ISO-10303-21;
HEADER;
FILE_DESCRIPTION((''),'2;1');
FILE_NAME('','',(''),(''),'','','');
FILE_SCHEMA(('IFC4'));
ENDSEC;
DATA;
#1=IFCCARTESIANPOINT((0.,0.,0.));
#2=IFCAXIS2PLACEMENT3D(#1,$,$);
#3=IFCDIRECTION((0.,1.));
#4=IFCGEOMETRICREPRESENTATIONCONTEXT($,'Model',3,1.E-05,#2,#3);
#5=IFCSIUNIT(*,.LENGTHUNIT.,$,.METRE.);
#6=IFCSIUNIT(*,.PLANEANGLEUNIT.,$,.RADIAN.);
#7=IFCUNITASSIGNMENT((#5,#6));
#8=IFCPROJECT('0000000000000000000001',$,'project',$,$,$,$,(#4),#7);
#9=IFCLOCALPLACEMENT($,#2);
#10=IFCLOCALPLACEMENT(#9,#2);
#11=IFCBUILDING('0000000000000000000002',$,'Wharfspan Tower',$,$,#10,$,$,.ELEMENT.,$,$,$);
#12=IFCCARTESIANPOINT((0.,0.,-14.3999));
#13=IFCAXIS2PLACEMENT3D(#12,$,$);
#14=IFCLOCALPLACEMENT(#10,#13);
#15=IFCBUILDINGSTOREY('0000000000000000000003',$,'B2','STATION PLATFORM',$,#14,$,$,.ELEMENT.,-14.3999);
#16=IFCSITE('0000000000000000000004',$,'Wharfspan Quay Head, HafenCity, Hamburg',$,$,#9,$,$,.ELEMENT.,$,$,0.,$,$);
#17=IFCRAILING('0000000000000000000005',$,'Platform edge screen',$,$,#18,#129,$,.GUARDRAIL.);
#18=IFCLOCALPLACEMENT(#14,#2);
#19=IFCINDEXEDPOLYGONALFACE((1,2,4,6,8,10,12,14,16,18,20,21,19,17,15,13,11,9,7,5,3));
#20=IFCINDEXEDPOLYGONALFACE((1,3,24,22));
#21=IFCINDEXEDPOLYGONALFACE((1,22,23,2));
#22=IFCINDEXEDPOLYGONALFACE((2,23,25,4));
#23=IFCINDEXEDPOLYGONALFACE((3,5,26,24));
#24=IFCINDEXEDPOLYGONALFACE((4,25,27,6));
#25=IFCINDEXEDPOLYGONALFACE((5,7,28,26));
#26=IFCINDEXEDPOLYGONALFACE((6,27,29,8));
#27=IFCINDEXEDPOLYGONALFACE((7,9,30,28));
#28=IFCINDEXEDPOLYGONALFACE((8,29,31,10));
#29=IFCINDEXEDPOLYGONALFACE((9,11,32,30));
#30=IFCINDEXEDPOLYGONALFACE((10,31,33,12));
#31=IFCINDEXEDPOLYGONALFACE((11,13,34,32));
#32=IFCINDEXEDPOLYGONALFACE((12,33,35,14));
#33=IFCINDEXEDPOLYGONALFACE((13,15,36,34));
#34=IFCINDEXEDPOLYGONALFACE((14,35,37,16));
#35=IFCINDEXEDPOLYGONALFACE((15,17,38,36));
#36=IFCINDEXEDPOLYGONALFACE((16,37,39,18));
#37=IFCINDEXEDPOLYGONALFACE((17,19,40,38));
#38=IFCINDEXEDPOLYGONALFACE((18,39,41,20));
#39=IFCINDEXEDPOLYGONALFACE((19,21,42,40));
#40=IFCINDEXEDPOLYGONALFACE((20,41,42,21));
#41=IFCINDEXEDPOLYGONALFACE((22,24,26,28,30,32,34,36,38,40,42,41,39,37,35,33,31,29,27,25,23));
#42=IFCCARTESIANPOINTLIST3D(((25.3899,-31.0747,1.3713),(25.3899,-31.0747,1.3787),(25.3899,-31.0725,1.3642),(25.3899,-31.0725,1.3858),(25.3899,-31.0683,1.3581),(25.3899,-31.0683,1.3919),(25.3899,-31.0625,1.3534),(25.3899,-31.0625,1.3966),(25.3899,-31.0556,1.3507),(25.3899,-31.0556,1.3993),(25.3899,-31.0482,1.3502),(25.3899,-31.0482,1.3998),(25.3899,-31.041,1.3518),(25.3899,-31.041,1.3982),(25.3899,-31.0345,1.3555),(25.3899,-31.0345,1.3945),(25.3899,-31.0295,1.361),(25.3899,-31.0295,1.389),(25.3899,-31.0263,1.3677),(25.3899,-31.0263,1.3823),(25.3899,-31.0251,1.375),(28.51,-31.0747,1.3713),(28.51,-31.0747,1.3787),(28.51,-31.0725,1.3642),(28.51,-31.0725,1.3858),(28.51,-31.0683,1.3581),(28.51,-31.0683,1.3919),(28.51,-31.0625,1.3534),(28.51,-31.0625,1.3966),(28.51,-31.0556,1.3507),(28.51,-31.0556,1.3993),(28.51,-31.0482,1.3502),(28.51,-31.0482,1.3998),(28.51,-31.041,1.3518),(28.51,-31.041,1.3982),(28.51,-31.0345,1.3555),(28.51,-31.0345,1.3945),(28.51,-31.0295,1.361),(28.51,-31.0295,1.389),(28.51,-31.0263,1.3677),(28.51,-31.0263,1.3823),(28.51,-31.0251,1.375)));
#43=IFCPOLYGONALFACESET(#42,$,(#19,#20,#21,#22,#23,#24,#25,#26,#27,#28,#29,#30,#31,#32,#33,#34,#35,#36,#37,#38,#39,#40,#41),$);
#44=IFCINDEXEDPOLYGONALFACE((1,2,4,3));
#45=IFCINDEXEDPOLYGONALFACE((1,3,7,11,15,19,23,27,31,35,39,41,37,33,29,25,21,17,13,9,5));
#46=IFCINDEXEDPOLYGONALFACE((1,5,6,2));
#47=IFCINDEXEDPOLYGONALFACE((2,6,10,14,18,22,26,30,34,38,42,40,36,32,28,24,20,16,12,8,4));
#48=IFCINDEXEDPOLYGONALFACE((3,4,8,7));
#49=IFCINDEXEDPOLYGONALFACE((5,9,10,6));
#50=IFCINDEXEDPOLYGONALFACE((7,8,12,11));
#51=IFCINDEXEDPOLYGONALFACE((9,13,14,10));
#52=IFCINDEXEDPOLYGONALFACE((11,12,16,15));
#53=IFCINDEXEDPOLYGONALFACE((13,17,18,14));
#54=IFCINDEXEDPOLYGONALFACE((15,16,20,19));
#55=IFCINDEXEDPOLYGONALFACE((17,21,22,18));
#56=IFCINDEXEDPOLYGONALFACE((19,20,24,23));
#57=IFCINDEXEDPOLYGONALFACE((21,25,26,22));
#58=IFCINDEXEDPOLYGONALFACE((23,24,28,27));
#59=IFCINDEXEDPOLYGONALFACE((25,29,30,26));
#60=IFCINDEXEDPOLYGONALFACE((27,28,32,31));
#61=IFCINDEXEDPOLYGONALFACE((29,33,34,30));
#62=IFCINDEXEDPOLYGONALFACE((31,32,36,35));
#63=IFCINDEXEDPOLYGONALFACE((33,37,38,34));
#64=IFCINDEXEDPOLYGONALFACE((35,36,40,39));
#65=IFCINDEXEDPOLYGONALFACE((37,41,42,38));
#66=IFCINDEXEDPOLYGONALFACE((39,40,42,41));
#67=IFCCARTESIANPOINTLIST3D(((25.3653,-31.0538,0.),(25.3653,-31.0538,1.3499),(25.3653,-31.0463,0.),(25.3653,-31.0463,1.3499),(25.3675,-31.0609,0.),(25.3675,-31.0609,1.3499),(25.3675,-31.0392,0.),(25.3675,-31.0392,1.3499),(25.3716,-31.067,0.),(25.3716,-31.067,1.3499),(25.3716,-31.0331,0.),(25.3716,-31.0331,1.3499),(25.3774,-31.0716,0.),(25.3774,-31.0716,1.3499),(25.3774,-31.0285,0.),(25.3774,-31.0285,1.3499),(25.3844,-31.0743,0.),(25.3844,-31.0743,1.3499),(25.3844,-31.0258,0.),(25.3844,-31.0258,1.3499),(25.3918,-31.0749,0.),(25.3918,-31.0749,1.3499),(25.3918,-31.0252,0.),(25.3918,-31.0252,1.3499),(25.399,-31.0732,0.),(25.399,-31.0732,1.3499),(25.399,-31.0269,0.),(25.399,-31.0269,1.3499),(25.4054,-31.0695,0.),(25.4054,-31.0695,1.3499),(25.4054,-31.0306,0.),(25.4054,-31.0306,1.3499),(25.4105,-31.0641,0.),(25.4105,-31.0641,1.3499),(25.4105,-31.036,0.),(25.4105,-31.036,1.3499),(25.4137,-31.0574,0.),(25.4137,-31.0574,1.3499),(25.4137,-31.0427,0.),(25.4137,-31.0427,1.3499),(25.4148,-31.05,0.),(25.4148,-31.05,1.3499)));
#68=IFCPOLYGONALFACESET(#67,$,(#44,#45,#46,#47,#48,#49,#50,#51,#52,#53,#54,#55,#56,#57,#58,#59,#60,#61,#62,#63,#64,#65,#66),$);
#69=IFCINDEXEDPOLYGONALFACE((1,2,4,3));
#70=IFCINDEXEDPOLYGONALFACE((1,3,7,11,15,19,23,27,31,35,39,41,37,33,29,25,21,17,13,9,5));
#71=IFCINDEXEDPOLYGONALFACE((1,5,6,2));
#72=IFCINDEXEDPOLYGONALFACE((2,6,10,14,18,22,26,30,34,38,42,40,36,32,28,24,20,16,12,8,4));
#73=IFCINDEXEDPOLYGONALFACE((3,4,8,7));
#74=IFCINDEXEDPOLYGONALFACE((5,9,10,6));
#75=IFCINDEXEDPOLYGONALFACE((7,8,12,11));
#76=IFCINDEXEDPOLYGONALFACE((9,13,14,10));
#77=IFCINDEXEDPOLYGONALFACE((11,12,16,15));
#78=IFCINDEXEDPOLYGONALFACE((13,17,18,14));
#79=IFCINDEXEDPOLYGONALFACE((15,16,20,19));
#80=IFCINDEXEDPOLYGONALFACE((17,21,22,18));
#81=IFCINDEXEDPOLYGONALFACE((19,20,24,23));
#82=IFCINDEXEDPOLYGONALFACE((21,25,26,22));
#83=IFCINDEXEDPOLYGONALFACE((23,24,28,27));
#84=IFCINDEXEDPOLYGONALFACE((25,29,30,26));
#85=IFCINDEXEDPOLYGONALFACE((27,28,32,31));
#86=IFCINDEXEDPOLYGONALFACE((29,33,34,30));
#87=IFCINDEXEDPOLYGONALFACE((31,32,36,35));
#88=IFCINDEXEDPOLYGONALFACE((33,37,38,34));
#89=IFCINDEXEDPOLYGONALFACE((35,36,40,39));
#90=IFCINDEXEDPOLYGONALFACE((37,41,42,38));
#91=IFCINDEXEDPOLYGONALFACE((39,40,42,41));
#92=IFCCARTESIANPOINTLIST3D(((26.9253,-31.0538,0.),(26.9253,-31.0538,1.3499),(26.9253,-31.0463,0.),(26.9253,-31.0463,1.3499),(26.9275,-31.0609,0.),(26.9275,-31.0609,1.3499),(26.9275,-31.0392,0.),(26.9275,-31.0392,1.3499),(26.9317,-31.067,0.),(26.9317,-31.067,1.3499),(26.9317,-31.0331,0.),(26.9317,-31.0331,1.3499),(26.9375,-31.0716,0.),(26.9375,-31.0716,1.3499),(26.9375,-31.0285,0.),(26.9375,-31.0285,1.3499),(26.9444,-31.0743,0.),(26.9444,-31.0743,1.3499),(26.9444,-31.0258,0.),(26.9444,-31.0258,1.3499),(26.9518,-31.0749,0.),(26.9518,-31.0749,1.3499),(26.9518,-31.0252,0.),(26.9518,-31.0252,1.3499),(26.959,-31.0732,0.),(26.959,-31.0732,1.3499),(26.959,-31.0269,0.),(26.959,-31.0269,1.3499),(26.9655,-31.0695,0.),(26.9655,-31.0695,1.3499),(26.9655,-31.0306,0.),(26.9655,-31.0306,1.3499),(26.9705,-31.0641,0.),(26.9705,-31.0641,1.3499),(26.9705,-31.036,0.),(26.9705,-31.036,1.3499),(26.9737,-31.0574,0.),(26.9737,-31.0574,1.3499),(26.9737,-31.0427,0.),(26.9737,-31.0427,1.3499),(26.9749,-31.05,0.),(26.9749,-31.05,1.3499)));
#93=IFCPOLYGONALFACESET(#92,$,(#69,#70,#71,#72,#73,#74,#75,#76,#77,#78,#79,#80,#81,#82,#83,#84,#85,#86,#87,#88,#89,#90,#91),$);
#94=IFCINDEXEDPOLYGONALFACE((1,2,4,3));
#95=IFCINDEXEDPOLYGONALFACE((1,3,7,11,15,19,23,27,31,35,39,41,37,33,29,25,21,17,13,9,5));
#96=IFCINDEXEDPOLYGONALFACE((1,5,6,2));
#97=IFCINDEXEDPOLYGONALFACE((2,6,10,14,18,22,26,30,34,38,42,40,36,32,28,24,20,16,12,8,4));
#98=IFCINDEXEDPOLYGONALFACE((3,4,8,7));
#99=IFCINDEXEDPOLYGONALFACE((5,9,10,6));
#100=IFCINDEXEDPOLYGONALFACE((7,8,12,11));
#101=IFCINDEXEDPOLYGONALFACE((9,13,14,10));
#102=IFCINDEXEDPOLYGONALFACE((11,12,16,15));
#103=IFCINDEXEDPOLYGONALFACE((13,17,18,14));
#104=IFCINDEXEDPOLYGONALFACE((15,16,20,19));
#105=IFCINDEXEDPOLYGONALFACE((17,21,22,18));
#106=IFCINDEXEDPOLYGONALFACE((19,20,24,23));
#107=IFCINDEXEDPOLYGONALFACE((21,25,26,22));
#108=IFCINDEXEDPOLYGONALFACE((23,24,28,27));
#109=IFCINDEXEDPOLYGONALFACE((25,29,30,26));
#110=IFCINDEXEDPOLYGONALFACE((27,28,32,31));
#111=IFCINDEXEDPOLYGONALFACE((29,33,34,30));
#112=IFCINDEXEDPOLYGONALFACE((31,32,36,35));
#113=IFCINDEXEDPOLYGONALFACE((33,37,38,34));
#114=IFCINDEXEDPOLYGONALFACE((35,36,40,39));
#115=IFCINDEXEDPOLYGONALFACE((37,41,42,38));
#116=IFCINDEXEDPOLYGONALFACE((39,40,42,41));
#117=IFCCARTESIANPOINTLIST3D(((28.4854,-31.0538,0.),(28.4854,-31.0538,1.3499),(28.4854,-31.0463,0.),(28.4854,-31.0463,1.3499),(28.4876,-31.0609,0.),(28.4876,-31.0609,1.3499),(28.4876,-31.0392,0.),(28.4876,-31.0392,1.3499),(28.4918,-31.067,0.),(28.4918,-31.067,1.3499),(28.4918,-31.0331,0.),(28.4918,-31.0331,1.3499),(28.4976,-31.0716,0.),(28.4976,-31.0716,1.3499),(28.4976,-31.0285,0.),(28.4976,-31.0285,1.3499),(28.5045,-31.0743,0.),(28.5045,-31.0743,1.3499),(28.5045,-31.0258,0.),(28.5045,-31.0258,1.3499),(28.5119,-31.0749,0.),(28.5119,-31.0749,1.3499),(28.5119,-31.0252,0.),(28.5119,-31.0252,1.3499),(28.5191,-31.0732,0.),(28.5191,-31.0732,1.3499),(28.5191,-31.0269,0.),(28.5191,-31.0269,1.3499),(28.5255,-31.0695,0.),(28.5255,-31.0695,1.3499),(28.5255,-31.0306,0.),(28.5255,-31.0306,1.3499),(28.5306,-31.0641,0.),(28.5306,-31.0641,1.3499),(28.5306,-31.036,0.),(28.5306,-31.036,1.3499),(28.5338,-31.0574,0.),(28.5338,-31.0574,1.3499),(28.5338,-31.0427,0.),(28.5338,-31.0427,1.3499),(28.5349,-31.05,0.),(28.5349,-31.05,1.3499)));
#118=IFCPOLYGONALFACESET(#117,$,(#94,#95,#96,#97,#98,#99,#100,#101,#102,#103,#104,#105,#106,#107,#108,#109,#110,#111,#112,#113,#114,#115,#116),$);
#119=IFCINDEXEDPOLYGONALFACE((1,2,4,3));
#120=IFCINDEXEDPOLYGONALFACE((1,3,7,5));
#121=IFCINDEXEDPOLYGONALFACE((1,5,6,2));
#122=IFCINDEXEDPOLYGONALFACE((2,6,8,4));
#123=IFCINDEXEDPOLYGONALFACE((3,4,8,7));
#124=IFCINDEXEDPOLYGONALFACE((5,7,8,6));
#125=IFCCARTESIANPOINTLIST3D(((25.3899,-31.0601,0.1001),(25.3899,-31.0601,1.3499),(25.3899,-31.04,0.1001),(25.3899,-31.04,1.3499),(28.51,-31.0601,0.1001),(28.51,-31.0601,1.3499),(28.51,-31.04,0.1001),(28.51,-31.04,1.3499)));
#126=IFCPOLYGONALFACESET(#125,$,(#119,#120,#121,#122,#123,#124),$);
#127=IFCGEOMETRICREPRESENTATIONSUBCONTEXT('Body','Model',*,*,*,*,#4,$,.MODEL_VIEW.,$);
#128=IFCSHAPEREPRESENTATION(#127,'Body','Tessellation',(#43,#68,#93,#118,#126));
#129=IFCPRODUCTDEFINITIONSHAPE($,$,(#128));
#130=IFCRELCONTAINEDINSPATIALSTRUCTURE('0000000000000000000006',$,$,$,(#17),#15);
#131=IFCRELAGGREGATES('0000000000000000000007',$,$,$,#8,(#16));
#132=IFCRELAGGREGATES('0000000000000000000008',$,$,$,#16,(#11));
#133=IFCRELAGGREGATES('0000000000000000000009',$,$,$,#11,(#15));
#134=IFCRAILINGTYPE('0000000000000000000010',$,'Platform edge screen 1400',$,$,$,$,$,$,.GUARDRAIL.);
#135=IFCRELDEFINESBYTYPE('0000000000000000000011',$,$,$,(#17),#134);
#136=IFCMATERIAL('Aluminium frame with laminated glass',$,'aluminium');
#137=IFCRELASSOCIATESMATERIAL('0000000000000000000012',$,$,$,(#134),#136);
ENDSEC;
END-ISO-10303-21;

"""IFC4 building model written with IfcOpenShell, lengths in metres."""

from ifc_helpers import new_model, si_unit, direction, frame, origin, origin_2d, place, context, subcontext, project, spatial, rectangle, circle, extrude, material, type_object, element, save


model = new_model("IFC4")

# Units and contexts
model_context = context("Model", 3, precision=1e-05, world=origin(), true_north=direction((0.0, 1.0)))
body_context = subcontext(model_context, "Body", "Model", "MODEL_VIEW")
ifc_project = project(units=[si_unit("LENGTHUNIT", "METRE"), si_unit("PLANEANGLEUNIT", "RADIAN")], contexts=[model_context])

# Site, building, storey
site_placement = place(None, origin())
site = spatial("IfcSite", under=ifc_project, at=site_placement, Name="Wharfspan Quay Head, HafenCity, Hamburg", CompositionType="ELEMENT", RefElevation=0.0)
building_placement = place(site_placement, origin())
building = spatial("IfcBuilding", under=site, at=building_placement, Name="Wharfspan Tower", CompositionType="ELEMENT")
storey_placement = place(building_placement, frame((0.0, 0.0, -14.3999)))
storey = spatial("IfcBuildingStorey", under=building, at=storey_placement, Name="B2", Description="STATION PLATFORM", CompositionType="ELEMENT", Elevation=-14.3999)

# Railing
ifc_material_1 = material(Name="Aluminium frame with laminated glass", Category="aluminium")
railing_type_1 = type_object("IfcRailingType", Name="Platform edge screen 1400", PredefinedType="GUARDRAIL", material=ifc_material_1)
for number, where, name in (
    (1, (25.3899, -31.05, 0.0), "Platform edge screen"),
):
    element("IfcRailing", number, at=place(storey_placement, frame(where)), inside=storey, type_object=railing_type_1, Name=name, PredefinedType="GUARDRAIL", context=body_context, shape_type="SweptSolid", body=[
        extrude(circle(Radius=0.0249, at=origin_2d()), frame((0.0, 0.0, 1.375), z_axis=(1.0, 0.0, 0.0), x_axis=(0.0, 1.0, 0.0)), (0.0, 0.0, 1.0), 3.1201),
        extrude(circle(Radius=0.0249, at=origin_2d()), origin(), (0.0, 0.0, 1.0), 1.3499),
        extrude(circle(Radius=0.0249, at=origin_2d()), frame((1.5601, 0.0, 0.0)), (0.0, 0.0, 1.0), 1.3499),
        extrude(circle(Radius=0.0249, at=origin_2d()), frame((3.1201, 0.0, 0.0)), (0.0, 0.0, 1.0), 1.3499),
        extrude(rectangle(XDim=3.1201, YDim=0.02, at=origin_2d()), frame((1.5601, 0.0, 0.1001), z_axis=(0.0, 0.0, 1.0), x_axis=(1.0, 0.0, 0.0)), (0.0, 0.0, 1.0), 1.2498),
    ])

save(model, "model.ifc")
